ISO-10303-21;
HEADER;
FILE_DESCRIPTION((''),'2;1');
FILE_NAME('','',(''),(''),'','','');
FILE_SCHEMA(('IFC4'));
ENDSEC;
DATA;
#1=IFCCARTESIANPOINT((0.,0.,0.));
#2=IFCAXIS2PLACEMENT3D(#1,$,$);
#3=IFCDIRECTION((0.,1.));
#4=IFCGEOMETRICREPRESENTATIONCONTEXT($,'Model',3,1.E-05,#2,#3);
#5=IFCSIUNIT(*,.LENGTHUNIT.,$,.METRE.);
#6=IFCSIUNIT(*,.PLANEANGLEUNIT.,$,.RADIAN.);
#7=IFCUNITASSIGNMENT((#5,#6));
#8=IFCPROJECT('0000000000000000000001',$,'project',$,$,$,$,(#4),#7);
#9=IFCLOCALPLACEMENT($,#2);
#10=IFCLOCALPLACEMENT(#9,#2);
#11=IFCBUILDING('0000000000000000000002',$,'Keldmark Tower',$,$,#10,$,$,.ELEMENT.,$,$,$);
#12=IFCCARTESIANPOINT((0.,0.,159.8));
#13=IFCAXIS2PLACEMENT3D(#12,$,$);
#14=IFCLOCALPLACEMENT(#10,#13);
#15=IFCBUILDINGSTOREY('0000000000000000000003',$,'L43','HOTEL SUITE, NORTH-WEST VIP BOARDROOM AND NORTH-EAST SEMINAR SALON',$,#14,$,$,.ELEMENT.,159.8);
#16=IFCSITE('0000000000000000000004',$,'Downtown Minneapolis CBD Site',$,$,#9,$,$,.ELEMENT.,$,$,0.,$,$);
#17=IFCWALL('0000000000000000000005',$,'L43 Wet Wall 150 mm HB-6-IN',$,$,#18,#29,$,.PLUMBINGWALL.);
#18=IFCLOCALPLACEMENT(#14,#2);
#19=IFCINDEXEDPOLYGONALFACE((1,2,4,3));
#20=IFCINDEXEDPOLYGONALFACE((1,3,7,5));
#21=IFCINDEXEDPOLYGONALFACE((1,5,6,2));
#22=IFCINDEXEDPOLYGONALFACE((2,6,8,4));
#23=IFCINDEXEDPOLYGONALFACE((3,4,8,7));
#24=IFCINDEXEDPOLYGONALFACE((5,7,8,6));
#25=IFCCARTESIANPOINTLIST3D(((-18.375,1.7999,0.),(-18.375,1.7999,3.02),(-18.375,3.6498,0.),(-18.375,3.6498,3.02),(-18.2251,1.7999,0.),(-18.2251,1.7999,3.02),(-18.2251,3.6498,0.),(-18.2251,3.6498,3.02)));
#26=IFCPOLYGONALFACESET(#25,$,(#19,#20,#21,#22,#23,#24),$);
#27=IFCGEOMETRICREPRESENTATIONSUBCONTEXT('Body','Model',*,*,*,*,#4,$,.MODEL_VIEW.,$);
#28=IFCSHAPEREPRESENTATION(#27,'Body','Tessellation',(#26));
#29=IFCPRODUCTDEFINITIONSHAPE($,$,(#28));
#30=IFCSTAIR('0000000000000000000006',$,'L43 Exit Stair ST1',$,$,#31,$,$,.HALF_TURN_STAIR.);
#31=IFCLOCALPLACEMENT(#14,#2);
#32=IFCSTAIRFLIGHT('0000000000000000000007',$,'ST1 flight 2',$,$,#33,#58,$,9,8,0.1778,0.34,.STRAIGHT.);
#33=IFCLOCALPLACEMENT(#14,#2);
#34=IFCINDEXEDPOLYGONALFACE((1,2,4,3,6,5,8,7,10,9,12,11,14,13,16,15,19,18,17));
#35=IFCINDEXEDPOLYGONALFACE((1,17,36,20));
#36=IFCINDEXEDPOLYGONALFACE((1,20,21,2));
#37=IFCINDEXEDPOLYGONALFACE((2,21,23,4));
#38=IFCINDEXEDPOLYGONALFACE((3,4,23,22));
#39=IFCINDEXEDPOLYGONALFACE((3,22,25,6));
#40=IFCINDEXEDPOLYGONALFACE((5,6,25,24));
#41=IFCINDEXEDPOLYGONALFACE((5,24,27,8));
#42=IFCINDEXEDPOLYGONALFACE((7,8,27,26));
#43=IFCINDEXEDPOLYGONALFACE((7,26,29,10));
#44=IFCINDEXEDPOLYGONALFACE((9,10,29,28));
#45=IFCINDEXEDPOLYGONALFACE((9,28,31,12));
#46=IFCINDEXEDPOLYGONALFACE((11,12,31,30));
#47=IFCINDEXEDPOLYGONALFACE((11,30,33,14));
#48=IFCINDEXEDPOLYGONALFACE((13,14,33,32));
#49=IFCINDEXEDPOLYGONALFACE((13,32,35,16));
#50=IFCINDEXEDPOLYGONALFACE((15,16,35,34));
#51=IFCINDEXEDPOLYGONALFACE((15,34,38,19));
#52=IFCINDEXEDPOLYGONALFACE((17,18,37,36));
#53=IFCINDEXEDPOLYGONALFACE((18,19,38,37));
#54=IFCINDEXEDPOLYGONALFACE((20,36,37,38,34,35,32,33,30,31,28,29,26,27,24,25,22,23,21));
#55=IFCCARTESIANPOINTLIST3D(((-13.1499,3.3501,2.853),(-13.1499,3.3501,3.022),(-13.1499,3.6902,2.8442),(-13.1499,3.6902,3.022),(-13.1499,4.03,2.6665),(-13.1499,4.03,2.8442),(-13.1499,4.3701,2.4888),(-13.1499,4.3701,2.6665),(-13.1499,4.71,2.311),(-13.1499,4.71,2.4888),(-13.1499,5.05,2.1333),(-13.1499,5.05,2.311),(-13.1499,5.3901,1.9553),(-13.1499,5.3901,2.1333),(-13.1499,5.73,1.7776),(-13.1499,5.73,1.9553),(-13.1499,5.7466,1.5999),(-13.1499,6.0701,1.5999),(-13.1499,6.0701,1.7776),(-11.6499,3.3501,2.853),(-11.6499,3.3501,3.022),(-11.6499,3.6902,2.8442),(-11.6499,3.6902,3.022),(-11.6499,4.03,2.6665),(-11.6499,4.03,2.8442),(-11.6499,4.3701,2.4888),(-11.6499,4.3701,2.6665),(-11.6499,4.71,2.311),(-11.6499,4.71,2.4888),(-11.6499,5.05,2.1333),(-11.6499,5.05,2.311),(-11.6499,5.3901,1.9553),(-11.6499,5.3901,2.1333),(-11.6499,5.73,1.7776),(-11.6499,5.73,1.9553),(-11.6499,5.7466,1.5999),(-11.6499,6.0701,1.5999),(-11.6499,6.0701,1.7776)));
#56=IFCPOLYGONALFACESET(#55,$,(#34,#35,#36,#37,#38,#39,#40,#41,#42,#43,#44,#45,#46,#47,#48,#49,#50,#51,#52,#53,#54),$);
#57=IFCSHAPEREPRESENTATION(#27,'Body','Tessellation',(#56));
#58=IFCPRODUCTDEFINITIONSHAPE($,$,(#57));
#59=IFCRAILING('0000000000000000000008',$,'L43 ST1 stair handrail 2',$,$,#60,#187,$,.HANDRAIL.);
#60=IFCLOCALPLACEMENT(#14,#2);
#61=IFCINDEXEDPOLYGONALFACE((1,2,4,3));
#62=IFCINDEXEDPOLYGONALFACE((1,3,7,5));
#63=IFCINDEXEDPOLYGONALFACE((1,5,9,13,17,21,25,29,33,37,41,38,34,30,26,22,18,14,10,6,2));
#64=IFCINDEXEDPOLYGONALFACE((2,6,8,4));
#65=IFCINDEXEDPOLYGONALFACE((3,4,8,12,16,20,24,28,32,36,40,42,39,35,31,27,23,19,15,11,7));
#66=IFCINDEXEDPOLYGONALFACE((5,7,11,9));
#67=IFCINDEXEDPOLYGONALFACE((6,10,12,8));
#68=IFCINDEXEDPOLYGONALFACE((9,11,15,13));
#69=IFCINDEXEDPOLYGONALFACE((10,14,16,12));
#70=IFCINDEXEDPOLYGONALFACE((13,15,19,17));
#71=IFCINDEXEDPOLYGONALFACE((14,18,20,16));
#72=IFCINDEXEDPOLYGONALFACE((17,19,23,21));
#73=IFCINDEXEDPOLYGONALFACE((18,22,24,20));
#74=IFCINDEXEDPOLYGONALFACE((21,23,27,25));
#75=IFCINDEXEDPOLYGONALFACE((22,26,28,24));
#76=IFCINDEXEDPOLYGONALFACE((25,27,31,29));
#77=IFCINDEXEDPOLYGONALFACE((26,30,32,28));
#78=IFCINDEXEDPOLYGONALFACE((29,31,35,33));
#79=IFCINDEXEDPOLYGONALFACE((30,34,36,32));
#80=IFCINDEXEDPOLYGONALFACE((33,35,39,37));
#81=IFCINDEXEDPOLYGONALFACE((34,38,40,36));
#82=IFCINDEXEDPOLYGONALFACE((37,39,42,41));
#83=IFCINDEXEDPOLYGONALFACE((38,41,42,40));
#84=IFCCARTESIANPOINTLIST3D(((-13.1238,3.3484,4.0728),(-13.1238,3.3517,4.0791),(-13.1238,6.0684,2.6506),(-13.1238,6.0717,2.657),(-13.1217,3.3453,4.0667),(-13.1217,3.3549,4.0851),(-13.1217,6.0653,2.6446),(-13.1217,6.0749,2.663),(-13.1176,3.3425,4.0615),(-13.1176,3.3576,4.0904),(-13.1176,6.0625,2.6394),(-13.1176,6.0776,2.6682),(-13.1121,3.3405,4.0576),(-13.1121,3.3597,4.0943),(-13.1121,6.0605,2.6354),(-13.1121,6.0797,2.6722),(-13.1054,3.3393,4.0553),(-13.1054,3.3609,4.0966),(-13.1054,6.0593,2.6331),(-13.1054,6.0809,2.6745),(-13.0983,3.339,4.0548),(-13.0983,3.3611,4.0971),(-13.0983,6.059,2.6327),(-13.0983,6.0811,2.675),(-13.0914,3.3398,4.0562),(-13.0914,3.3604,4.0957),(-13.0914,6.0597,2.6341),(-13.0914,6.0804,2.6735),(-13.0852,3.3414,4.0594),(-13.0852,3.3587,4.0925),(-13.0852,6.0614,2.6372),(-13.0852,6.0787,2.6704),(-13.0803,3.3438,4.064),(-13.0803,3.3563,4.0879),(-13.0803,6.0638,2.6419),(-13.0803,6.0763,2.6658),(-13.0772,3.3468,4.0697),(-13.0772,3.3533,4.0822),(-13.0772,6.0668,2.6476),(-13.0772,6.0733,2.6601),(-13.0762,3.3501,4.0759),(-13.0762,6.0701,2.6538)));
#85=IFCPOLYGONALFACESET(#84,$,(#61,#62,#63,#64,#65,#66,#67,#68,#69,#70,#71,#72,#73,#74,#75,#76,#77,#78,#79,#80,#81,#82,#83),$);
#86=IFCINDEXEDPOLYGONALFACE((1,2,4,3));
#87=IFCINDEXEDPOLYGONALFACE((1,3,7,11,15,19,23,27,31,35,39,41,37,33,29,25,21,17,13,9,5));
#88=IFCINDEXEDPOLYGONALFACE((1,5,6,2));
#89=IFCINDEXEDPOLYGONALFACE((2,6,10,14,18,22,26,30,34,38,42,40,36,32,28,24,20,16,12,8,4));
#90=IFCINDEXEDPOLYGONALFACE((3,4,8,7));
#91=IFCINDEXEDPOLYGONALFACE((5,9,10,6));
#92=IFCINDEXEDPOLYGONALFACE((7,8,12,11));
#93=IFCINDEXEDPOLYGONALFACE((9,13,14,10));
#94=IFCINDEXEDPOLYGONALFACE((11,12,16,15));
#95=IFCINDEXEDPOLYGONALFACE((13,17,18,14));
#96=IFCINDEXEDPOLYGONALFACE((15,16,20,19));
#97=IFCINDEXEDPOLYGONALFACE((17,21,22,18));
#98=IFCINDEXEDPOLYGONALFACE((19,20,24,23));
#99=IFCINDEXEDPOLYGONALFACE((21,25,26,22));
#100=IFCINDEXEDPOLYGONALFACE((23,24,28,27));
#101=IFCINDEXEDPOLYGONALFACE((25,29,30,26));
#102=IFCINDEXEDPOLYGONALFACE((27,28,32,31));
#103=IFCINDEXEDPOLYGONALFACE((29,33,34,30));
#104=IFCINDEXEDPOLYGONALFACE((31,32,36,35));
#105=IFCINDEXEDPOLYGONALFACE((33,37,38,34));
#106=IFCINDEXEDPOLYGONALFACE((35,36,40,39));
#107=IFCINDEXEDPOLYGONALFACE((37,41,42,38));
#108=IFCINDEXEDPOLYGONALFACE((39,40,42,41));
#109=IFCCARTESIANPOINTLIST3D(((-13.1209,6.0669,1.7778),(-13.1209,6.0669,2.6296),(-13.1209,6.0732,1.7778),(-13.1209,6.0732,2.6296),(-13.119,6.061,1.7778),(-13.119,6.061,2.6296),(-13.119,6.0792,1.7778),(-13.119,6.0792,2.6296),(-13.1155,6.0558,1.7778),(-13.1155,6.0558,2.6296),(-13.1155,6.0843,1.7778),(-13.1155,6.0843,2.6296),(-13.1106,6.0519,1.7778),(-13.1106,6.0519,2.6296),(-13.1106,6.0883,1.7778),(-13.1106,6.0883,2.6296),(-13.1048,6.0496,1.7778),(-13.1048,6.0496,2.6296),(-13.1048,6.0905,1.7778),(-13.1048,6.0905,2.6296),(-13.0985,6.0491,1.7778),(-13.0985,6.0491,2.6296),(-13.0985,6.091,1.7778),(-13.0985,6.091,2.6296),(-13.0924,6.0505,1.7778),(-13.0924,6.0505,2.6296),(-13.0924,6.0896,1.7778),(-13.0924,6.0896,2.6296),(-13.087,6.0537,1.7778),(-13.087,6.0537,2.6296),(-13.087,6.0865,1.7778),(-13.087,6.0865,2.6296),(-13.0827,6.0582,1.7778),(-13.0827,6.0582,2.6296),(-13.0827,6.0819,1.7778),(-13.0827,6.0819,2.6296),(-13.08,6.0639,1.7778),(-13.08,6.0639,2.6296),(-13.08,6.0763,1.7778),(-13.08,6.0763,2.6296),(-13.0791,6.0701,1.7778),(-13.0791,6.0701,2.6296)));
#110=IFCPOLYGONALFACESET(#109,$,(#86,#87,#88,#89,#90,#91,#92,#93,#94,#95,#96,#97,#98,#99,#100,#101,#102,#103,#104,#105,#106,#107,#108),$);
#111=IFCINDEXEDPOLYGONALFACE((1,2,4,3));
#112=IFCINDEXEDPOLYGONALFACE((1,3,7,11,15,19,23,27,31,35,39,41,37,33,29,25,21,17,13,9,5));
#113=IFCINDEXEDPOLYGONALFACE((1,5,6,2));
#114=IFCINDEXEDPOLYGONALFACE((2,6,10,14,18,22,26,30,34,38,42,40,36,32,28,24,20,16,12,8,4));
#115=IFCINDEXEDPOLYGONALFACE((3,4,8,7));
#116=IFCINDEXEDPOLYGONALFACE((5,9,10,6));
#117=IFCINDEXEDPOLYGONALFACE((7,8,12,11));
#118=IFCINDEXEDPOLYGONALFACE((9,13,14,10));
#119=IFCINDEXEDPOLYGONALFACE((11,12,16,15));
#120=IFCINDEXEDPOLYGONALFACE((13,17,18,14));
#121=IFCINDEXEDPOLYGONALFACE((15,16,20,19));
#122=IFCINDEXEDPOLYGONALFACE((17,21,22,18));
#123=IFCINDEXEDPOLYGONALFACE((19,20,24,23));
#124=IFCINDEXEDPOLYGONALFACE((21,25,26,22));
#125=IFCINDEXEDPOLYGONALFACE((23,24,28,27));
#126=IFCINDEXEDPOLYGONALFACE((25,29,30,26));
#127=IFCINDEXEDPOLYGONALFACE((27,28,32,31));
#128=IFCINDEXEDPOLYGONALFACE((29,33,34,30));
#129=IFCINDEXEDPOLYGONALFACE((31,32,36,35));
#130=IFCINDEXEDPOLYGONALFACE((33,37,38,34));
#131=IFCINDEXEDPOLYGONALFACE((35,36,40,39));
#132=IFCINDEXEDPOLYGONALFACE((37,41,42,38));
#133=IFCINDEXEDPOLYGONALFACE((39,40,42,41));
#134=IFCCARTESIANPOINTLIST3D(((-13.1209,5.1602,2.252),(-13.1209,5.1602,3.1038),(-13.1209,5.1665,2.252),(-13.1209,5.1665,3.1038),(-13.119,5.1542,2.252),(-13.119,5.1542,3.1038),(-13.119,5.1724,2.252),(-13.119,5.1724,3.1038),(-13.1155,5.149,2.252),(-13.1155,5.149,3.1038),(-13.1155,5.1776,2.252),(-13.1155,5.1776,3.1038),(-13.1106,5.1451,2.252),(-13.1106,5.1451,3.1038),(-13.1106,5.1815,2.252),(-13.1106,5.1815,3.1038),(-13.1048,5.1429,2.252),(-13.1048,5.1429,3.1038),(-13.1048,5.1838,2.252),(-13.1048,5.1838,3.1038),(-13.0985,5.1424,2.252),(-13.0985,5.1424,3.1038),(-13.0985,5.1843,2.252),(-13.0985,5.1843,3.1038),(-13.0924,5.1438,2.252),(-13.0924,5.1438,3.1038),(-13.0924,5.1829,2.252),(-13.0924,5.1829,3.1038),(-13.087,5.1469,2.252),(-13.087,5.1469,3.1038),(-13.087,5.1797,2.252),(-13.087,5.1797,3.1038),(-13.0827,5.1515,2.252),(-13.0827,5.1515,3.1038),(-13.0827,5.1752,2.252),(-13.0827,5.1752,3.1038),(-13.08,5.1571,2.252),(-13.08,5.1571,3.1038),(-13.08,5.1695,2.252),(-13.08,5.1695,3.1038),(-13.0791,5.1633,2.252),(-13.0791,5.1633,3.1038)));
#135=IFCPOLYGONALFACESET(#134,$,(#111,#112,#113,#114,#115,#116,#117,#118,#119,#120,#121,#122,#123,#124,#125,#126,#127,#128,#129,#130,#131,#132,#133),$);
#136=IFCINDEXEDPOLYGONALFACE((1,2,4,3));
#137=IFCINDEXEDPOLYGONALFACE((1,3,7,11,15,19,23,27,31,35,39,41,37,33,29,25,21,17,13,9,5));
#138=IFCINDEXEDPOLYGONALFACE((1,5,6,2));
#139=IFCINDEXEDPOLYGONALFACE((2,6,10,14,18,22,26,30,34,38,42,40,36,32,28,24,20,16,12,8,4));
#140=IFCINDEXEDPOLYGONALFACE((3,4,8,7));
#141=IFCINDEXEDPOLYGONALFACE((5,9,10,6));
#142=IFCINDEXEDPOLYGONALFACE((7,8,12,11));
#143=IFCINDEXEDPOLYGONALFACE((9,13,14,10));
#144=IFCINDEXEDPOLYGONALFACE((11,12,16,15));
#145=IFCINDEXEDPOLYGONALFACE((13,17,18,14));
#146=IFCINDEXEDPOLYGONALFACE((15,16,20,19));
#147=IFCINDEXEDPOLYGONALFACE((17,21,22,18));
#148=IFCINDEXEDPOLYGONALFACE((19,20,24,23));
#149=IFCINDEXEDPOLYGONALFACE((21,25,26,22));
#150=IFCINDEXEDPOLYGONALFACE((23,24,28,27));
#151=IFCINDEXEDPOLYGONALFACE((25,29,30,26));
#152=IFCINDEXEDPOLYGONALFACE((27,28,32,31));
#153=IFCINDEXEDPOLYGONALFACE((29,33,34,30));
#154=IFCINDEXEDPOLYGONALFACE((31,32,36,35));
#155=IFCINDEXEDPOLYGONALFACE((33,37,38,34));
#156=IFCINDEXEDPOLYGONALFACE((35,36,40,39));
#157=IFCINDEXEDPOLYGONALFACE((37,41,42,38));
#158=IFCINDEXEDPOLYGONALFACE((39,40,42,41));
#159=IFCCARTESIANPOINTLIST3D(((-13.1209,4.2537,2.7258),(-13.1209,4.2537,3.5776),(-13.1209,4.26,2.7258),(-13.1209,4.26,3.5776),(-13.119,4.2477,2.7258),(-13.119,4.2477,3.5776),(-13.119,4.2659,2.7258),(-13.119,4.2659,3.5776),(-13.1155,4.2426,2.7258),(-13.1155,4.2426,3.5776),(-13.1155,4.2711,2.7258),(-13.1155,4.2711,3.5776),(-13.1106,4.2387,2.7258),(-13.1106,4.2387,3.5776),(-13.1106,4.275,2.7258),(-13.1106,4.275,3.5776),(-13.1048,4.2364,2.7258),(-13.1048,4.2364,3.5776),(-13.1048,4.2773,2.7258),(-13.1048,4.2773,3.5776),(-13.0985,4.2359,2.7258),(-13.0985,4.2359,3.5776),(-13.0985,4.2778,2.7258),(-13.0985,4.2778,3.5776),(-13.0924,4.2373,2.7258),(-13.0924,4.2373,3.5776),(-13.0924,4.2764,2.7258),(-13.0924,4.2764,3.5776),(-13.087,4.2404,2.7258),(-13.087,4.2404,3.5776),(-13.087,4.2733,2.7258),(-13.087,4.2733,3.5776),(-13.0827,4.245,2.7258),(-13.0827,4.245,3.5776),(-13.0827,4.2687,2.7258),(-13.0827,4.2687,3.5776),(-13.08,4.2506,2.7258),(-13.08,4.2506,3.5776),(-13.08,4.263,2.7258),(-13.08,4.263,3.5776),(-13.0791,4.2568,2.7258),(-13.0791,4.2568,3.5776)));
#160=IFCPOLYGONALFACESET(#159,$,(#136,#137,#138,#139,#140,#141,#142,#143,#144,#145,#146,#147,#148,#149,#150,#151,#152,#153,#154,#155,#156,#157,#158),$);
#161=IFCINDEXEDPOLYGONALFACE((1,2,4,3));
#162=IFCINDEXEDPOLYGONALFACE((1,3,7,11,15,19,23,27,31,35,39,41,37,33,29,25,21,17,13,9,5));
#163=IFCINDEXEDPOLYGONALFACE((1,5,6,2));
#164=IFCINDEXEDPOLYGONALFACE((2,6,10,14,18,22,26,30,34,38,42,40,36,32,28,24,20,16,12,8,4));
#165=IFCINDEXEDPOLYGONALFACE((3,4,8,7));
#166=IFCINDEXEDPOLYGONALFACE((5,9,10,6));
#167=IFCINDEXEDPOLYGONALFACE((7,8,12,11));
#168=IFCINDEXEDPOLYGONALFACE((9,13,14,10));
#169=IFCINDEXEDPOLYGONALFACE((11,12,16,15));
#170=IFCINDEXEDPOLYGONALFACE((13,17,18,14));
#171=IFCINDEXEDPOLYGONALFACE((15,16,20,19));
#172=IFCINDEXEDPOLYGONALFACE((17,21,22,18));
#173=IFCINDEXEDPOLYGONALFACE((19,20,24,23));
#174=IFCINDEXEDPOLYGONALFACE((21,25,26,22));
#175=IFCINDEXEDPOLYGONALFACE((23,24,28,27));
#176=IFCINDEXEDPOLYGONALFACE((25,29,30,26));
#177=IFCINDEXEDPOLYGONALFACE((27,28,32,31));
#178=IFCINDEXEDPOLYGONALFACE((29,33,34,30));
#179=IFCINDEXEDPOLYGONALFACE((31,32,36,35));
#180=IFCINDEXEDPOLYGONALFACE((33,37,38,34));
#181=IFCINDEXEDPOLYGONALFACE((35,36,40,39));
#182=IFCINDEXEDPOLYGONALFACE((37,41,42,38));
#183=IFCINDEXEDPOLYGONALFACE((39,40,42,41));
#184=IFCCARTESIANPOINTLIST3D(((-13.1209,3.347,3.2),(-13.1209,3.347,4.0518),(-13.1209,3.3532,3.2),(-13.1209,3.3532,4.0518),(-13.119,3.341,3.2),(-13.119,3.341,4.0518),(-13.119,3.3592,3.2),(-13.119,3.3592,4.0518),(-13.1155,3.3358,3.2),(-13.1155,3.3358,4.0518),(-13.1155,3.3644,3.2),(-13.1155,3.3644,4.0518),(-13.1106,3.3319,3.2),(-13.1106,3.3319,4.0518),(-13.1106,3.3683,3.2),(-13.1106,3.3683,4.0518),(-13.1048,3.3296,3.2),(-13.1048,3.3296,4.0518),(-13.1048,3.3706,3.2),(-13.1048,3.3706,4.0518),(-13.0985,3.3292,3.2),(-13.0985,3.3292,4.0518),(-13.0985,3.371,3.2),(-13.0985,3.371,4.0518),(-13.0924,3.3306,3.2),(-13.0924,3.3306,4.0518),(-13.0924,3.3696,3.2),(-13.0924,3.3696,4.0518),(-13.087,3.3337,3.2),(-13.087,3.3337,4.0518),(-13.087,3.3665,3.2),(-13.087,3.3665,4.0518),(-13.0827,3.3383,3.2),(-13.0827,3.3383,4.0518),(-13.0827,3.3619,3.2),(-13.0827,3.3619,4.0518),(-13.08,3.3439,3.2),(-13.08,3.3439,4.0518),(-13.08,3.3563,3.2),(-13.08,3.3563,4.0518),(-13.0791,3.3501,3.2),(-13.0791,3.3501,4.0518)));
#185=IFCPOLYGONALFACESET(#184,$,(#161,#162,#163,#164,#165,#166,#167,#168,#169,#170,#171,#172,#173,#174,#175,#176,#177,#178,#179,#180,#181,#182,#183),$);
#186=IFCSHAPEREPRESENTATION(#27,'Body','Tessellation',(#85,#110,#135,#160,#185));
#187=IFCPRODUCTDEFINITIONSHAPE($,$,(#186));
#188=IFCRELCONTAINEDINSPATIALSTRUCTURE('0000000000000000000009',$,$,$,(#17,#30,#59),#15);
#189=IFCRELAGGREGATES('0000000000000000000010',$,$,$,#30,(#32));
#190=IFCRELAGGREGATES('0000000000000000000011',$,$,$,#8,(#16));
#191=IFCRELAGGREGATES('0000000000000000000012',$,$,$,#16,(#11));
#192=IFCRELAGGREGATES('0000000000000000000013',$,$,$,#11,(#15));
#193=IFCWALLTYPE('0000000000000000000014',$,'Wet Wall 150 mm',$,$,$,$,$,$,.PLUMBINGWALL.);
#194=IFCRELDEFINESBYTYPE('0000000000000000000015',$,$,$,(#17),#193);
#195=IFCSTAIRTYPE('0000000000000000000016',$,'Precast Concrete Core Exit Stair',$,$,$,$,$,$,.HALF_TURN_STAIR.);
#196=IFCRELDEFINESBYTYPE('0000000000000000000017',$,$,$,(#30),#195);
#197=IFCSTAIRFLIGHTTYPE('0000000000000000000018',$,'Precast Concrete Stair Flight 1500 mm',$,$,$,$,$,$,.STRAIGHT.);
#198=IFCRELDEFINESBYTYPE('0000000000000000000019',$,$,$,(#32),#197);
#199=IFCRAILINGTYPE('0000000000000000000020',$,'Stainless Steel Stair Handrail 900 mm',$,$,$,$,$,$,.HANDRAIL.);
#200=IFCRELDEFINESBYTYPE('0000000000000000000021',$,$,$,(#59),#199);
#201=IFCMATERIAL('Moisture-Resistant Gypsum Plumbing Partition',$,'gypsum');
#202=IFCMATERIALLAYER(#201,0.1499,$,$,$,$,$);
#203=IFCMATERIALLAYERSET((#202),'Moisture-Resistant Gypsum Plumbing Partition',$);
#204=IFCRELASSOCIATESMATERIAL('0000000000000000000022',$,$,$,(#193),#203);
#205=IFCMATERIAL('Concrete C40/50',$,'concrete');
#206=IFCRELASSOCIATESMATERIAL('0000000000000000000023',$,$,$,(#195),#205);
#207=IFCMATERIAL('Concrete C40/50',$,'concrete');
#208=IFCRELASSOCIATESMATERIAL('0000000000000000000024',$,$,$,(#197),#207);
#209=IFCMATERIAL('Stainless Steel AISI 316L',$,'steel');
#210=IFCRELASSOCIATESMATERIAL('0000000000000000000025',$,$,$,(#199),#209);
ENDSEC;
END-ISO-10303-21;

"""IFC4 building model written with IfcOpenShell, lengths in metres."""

from ifc_helpers import new_model, si_unit, direction, frame, frame_2d, origin, origin_2d, place, context, subcontext, project, spatial, polyline, rectangle, circle, outline, extrude, material, layer, layer_set, type_object, element, aggregate, save


model = new_model("IFC4")

# Units and contexts
model_context = context("Model", 3, precision=1e-05, world=origin(), true_north=direction((0.0, 1.0)))
body_context = subcontext(model_context, "Body", "Model", "MODEL_VIEW")
ifc_project = project(units=[si_unit("LENGTHUNIT", "METRE"), si_unit("PLANEANGLEUNIT", "RADIAN")], contexts=[model_context])

# Site, building, storey
site_placement = place(None, origin())
site = spatial("IfcSite", under=ifc_project, at=site_placement, Name="Downtown Minneapolis CBD Site", CompositionType="ELEMENT", RefElevation=0.0)
building_placement = place(site_placement, origin())
building = spatial("IfcBuilding", under=site, at=building_placement, Name="Keldmark Tower", CompositionType="ELEMENT")
storey_placement = place(building_placement, frame((0.0, 0.0, 159.8)))
storey = spatial("IfcBuildingStorey", under=building, at=storey_placement, Name="L43", Description="HOTEL SUITE, NORTH-WEST VIP BOARDROOM AND NORTH-EAST SEMINAR SALON", CompositionType="ELEMENT", Elevation=159.8)

# Shared definitions
ifc_material_1 = material(Name="Moisture-Resistant Gypsum Plumbing Partition", Category="gypsum")
ifc_layer_1 = layer(ifc_material_1, 0.1499)
ifc_layer_set_1 = layer_set([ifc_layer_1], Name="Moisture-Resistant Gypsum Plumbing Partition")
wall_type_1 = type_object("IfcWallType", Name="Wet Wall 150 mm", PredefinedType="PLUMBINGWALL", material=ifc_layer_set_1)

# Wall
wall_1_placement = place(storey_placement, frame((-18.3, 1.8, 0.0), z_axis=(0.0, 0.0, 1.0), x_axis=(0.0, 1.0, 0.0)))
element("IfcWall", 1, at=wall_1_placement, inside=storey, type_object=wall_type_1, Name="L43 Wet Wall 150 mm HB-6-IN", PredefinedType="PLUMBINGWALL", context=body_context, shape_type="SweptSolid", body=[
    extrude(rectangle(XDim=1.8499, YDim=0.1499, at=frame_2d((0.9248, 0.0))), origin(), (0.0, 0.0, 1.0), 3.02),
])

# Stair, stair flight
ifc_material_2 = material(Name="Concrete C40/50", Category="concrete")
stair_type = type_object("IfcStairType", Name="Precast Concrete Core Exit Stair", PredefinedType="HALF_TURN_STAIR", material=ifc_material_2)
stair_placement = place(storey_placement, origin())
stair = element("IfcStair", 2, at=stair_placement, inside=storey, type_object=stair_type, Name="L43 Exit Stair ST1", PredefinedType="HALF_TURN_STAIR")
ifc_material_3 = material(Name="Concrete C40/50", Category="concrete")
stair_flight_type = type_object("IfcStairFlightType", Name="Precast Concrete Stair Flight 1500 mm", PredefinedType="STRAIGHT", material=ifc_material_3)
stair_flight_placement = place(storey_placement, frame((-12.3999, 6.0701, 1.5999), z_axis=(0.0, 0.0, 1.0), x_axis=(0.0, -1.0, 0.0)))
stair_flight = element("IfcStairFlight", 3, at=stair_flight_placement, type_object=stair_flight_type, Name="ST1 flight 2", NumberOfRisers=9, NumberOfTreads=8, PredefinedType="STRAIGHT", RiserHeight=0.1778, TreadLength=0.34, context=body_context, shape_type="SweptSolid", body=[
    extrude(outline(polyline([(0.0, 0.0), (0.0, 0.1777), (0.3401, 0.1777), (0.3401, 0.3555), (0.6799, 0.3555), (0.6799, 0.5334), (1.02, 0.5334), (1.02, 0.7112), (1.3601, 0.7112), (1.3601, 0.8889), (1.7, 0.8889), (1.7, 1.0667), (2.04, 1.0667), (2.04, 1.2444), (2.3799, 1.2444), (2.3799, 1.4221), (2.72, 1.4221), (2.72, 1.6001), (2.72, 1.2532), (0.3235, 0.0), (0.0, 0.0)])), frame((0.0, 0.75, 0.0), z_axis=(0.0, -1.0, 0.0), x_axis=(1.0, 0.0, 0.0)), (0.0, 0.0, 1.0), 1.5),
])
aggregate(stair, [stair_flight])

# Railing
ifc_material_4 = material(Name="Stainless Steel AISI 316L", Category="steel")
railing_type = type_object("IfcRailingType", Name="Stainless Steel Stair Handrail 900 mm", PredefinedType="HANDRAIL", material=ifc_material_4)
railing_placement = place(storey_placement, frame((-13.1001, 6.0701, 1.7778)))
element("IfcRailing", 4, at=railing_placement, inside=storey, type_object=railing_type, Name="L43 ST1 stair handrail 2", PredefinedType="HANDRAIL", context=body_context, shape_type="SweptSolid", body=[
    extrude(circle(Radius=0.0239, at=origin_2d()), frame((0.0, 0.0, 0.876), z_axis=(0.0, -0.886183, 0.463335), x_axis=(1.0, 0.0, 0.0)), (0.0, 0.0, 1.0), 3.0693),
    extrude(circle(Radius=0.021, at=origin_2d()), origin(), (0.0, 0.0, 1.0), 0.8518),
    extrude(circle(Radius=0.021, at=origin_2d()), frame((0.0, -0.9067, 0.4741)), (0.0, 0.0, 1.0), 0.8518),
    extrude(circle(Radius=0.021, at=origin_2d()), frame((0.0, -1.8132, 0.948)), (0.0, 0.0, 1.0), 0.8518),
    extrude(circle(Radius=0.021, at=origin_2d()), frame((0.0, -2.72, 1.4221)), (0.0, 0.0, 1.0), 0.8518),
])

save(model, "model.ifc")
